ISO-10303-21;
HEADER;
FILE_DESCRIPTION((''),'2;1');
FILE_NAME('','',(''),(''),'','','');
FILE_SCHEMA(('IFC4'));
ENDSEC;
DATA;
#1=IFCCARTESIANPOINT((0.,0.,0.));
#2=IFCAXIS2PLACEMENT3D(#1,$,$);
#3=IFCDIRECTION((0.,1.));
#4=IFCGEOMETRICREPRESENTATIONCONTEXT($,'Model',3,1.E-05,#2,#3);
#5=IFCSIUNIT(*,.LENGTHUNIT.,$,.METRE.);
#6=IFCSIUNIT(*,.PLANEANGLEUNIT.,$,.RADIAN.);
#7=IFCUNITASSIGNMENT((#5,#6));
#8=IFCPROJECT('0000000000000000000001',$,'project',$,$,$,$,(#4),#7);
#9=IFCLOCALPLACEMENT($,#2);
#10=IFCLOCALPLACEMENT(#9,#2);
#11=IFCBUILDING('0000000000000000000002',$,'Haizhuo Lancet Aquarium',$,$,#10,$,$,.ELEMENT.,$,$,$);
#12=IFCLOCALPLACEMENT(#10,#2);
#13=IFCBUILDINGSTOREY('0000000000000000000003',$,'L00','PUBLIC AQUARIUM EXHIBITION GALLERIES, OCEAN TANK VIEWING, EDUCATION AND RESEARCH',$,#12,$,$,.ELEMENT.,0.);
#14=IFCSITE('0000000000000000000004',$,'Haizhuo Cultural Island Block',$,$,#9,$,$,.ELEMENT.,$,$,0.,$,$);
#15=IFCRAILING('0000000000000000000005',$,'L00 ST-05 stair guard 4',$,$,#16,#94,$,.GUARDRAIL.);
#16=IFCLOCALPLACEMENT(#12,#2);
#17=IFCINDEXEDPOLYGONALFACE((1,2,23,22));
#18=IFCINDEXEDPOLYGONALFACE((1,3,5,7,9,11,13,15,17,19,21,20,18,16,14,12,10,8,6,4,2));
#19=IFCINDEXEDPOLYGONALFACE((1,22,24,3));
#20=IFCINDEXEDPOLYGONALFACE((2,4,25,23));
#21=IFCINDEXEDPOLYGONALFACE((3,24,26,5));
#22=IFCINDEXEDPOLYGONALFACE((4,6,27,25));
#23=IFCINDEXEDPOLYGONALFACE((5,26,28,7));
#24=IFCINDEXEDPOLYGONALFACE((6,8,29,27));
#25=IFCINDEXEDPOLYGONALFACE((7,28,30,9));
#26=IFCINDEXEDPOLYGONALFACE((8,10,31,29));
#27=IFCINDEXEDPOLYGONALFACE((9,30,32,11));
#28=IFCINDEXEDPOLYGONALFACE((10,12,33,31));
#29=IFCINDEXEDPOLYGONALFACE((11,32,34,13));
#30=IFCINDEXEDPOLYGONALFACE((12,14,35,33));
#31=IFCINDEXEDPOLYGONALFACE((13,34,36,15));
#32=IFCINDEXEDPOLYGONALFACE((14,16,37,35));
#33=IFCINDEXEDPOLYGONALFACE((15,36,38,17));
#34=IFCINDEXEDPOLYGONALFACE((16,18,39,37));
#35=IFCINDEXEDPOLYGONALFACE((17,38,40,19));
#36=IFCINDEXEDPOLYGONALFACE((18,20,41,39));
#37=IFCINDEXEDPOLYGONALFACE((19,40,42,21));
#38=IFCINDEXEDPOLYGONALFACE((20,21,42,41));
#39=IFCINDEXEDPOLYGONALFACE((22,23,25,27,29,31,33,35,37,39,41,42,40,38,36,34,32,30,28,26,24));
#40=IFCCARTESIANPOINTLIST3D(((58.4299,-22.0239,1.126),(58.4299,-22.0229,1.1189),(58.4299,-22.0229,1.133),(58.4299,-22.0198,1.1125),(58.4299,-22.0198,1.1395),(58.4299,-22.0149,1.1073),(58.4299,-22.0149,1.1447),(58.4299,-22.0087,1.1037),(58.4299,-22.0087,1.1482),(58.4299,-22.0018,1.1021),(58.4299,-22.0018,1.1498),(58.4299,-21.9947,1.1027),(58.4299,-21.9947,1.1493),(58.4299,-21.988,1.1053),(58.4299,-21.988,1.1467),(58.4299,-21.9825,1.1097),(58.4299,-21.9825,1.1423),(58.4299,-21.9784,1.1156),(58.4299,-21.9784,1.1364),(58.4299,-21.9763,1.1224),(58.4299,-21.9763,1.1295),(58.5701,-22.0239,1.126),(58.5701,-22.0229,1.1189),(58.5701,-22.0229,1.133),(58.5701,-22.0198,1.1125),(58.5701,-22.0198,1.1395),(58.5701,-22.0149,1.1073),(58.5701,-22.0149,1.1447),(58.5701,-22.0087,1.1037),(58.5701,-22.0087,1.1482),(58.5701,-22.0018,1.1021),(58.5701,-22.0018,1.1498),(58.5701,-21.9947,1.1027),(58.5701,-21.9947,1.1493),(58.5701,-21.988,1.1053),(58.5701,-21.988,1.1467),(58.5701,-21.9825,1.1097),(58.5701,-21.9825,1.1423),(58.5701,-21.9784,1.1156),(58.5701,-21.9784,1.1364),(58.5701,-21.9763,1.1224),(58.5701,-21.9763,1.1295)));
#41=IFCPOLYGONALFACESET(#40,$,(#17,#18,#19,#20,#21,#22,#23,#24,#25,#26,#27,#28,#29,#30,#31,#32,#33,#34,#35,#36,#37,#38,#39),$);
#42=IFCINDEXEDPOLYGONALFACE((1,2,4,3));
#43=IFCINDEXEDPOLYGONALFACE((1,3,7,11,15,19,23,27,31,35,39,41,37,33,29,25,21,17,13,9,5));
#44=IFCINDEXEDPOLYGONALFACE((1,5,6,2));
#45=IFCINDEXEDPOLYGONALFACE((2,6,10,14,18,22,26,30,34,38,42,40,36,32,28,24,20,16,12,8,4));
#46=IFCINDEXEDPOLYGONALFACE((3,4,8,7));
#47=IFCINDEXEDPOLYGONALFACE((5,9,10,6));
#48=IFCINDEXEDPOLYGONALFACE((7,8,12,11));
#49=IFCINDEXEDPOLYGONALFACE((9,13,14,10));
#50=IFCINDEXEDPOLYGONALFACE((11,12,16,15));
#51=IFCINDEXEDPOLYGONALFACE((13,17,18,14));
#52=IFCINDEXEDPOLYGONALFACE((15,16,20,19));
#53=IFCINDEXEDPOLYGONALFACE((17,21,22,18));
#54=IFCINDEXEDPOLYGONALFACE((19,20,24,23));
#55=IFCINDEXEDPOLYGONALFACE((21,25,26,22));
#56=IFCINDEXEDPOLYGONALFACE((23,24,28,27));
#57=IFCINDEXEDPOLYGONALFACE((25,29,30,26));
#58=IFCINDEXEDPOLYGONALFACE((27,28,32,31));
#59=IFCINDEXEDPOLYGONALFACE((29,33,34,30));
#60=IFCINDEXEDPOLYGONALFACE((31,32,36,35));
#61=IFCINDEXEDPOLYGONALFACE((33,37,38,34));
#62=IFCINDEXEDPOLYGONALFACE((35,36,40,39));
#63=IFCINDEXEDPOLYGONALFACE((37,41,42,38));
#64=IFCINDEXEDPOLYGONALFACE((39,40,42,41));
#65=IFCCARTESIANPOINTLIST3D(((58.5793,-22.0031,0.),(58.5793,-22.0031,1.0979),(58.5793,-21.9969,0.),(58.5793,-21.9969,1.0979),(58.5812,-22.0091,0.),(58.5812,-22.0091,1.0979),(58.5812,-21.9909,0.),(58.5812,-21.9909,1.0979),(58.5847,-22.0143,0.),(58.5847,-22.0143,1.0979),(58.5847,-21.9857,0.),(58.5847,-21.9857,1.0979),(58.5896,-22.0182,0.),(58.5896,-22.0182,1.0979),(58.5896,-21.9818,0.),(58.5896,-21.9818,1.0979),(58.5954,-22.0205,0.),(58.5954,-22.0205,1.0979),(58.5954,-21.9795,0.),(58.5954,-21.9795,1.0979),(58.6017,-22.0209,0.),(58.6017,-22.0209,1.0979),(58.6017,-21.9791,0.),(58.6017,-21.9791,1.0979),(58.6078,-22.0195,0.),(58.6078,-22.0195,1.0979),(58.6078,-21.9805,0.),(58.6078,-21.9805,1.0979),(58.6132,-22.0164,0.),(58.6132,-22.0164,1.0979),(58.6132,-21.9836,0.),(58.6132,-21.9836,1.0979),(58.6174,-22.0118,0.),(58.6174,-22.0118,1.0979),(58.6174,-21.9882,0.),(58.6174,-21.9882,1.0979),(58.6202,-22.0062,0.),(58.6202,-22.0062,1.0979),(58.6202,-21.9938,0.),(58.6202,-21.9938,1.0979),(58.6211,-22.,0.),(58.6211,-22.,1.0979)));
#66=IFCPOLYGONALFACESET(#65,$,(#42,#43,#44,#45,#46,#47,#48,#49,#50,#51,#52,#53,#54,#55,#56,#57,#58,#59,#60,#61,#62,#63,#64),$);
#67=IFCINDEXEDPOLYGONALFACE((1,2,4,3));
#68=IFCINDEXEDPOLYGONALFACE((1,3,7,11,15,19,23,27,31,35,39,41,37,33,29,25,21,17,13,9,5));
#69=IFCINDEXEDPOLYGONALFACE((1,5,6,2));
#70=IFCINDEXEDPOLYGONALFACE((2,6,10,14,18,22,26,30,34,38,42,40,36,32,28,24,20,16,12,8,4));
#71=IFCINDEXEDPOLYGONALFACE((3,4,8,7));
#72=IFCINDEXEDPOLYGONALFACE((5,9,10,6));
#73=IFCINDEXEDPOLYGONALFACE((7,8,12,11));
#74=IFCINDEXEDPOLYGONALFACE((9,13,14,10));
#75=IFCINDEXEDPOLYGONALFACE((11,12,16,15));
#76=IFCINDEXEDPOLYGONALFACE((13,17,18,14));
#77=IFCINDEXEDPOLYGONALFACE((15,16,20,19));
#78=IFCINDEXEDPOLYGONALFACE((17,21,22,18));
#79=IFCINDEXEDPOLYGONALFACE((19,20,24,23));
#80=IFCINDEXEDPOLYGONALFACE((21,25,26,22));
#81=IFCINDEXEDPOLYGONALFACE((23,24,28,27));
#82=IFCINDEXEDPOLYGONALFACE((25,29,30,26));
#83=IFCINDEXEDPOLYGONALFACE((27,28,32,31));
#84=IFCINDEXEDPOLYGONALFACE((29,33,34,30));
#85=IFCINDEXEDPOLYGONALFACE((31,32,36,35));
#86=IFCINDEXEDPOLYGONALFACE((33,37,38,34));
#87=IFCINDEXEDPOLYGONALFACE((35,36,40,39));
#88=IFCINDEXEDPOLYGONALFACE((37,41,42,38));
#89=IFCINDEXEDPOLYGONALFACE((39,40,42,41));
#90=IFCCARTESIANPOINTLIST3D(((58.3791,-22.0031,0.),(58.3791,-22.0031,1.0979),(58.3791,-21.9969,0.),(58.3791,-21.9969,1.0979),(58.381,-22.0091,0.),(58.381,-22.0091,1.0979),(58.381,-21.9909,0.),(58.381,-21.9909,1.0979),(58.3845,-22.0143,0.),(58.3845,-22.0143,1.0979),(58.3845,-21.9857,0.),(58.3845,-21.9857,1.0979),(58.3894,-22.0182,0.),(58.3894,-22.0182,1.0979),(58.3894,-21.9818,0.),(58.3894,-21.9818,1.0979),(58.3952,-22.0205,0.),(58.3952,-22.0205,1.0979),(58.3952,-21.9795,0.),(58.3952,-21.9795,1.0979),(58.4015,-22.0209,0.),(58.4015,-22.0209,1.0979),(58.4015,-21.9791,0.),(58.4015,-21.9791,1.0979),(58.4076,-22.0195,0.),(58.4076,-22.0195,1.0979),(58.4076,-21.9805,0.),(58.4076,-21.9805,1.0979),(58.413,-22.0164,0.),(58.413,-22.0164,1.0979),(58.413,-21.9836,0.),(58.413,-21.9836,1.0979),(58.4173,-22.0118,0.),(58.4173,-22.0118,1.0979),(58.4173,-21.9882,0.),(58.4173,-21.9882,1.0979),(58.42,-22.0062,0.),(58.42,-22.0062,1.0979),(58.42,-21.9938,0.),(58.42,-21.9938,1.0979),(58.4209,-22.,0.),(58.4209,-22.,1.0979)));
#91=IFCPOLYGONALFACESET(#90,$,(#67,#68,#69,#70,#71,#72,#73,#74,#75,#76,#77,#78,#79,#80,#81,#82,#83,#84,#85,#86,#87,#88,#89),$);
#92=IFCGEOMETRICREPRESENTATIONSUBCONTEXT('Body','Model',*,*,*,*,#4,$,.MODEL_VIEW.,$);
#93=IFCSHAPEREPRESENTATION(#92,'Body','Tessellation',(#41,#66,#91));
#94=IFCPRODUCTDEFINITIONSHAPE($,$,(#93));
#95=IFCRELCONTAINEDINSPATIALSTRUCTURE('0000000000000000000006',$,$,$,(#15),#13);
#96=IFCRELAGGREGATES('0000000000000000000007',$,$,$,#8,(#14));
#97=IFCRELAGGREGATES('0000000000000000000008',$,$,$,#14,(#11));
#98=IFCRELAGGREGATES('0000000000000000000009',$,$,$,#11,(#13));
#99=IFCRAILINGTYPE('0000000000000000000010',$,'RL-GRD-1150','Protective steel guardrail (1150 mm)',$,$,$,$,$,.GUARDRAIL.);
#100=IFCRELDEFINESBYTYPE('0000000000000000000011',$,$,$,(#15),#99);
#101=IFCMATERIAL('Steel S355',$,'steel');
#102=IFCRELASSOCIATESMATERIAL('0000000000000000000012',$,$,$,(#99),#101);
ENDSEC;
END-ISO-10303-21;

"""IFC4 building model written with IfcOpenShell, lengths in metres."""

from ifc_helpers import new_model, si_unit, direction, frame, origin, origin_2d, place, context, subcontext, project, spatial, circle, extrude, material, type_object, element, save


model = new_model("IFC4")

# Units and contexts
model_context = context("Model", 3, precision=1e-05, world=origin(), true_north=direction((0.0, 1.0)))
body_context = subcontext(model_context, "Body", "Model", "MODEL_VIEW")
ifc_project = project(units=[si_unit("LENGTHUNIT", "METRE"), si_unit("PLANEANGLEUNIT", "RADIAN")], contexts=[model_context])

# Site, building, storey
site_placement = place(None, origin())
site = spatial("IfcSite", under=ifc_project, at=site_placement, Name="Haizhuo Cultural Island Block", CompositionType="ELEMENT", RefElevation=0.0)
building_placement = place(site_placement, origin())
building = spatial("IfcBuilding", under=site, at=building_placement, Name="Haizhuo Lancet Aquarium", CompositionType="ELEMENT")
storey_placement = place(building_placement, origin())
storey = spatial("IfcBuildingStorey", under=building, at=storey_placement, Name="L00", Description="PUBLIC AQUARIUM EXHIBITION GALLERIES, OCEAN TANK VIEWING, EDUCATION AND RESEARCH", CompositionType="ELEMENT", Elevation=0.0)

# Shared definitions
ifc_material_1 = material(Name="Steel S355", Category="steel")

# Railing
railing_type_1 = type_object("IfcRailingType", Name="RL-GRD-1150", Description="Protective steel guardrail (1150 mm)", PredefinedType="GUARDRAIL", material=ifc_material_1)
railing_1_placement = place(storey_placement, frame((58.6001, -22.0, 0.0)))
element("IfcRailing", 1, at=railing_1_placement, inside=storey, type_object=railing_type_1, Name="L00 ST-05 stair guard 4", PredefinedType="GUARDRAIL", context=body_context, shape_type="SweptSolid", body=[
    extrude(circle(Radius=0.0239, at=origin_2d()), frame((-0.03, 0.0, 1.126), z_axis=(-1.0, 0.0, 0.0), x_axis=(0.0, -1.0, 0.0)), (0.0, 0.0, 1.0), 0.1401),
    extrude(circle(Radius=0.021, at=origin_2d()), origin(), (0.0, 0.0, 1.0), 1.0979),
    extrude(circle(Radius=0.021, at=origin_2d()), frame((-0.2002, 0.0, 0.0)), (0.0, 0.0, 1.0), 1.0979),
])

save(model, "model.ifc")
